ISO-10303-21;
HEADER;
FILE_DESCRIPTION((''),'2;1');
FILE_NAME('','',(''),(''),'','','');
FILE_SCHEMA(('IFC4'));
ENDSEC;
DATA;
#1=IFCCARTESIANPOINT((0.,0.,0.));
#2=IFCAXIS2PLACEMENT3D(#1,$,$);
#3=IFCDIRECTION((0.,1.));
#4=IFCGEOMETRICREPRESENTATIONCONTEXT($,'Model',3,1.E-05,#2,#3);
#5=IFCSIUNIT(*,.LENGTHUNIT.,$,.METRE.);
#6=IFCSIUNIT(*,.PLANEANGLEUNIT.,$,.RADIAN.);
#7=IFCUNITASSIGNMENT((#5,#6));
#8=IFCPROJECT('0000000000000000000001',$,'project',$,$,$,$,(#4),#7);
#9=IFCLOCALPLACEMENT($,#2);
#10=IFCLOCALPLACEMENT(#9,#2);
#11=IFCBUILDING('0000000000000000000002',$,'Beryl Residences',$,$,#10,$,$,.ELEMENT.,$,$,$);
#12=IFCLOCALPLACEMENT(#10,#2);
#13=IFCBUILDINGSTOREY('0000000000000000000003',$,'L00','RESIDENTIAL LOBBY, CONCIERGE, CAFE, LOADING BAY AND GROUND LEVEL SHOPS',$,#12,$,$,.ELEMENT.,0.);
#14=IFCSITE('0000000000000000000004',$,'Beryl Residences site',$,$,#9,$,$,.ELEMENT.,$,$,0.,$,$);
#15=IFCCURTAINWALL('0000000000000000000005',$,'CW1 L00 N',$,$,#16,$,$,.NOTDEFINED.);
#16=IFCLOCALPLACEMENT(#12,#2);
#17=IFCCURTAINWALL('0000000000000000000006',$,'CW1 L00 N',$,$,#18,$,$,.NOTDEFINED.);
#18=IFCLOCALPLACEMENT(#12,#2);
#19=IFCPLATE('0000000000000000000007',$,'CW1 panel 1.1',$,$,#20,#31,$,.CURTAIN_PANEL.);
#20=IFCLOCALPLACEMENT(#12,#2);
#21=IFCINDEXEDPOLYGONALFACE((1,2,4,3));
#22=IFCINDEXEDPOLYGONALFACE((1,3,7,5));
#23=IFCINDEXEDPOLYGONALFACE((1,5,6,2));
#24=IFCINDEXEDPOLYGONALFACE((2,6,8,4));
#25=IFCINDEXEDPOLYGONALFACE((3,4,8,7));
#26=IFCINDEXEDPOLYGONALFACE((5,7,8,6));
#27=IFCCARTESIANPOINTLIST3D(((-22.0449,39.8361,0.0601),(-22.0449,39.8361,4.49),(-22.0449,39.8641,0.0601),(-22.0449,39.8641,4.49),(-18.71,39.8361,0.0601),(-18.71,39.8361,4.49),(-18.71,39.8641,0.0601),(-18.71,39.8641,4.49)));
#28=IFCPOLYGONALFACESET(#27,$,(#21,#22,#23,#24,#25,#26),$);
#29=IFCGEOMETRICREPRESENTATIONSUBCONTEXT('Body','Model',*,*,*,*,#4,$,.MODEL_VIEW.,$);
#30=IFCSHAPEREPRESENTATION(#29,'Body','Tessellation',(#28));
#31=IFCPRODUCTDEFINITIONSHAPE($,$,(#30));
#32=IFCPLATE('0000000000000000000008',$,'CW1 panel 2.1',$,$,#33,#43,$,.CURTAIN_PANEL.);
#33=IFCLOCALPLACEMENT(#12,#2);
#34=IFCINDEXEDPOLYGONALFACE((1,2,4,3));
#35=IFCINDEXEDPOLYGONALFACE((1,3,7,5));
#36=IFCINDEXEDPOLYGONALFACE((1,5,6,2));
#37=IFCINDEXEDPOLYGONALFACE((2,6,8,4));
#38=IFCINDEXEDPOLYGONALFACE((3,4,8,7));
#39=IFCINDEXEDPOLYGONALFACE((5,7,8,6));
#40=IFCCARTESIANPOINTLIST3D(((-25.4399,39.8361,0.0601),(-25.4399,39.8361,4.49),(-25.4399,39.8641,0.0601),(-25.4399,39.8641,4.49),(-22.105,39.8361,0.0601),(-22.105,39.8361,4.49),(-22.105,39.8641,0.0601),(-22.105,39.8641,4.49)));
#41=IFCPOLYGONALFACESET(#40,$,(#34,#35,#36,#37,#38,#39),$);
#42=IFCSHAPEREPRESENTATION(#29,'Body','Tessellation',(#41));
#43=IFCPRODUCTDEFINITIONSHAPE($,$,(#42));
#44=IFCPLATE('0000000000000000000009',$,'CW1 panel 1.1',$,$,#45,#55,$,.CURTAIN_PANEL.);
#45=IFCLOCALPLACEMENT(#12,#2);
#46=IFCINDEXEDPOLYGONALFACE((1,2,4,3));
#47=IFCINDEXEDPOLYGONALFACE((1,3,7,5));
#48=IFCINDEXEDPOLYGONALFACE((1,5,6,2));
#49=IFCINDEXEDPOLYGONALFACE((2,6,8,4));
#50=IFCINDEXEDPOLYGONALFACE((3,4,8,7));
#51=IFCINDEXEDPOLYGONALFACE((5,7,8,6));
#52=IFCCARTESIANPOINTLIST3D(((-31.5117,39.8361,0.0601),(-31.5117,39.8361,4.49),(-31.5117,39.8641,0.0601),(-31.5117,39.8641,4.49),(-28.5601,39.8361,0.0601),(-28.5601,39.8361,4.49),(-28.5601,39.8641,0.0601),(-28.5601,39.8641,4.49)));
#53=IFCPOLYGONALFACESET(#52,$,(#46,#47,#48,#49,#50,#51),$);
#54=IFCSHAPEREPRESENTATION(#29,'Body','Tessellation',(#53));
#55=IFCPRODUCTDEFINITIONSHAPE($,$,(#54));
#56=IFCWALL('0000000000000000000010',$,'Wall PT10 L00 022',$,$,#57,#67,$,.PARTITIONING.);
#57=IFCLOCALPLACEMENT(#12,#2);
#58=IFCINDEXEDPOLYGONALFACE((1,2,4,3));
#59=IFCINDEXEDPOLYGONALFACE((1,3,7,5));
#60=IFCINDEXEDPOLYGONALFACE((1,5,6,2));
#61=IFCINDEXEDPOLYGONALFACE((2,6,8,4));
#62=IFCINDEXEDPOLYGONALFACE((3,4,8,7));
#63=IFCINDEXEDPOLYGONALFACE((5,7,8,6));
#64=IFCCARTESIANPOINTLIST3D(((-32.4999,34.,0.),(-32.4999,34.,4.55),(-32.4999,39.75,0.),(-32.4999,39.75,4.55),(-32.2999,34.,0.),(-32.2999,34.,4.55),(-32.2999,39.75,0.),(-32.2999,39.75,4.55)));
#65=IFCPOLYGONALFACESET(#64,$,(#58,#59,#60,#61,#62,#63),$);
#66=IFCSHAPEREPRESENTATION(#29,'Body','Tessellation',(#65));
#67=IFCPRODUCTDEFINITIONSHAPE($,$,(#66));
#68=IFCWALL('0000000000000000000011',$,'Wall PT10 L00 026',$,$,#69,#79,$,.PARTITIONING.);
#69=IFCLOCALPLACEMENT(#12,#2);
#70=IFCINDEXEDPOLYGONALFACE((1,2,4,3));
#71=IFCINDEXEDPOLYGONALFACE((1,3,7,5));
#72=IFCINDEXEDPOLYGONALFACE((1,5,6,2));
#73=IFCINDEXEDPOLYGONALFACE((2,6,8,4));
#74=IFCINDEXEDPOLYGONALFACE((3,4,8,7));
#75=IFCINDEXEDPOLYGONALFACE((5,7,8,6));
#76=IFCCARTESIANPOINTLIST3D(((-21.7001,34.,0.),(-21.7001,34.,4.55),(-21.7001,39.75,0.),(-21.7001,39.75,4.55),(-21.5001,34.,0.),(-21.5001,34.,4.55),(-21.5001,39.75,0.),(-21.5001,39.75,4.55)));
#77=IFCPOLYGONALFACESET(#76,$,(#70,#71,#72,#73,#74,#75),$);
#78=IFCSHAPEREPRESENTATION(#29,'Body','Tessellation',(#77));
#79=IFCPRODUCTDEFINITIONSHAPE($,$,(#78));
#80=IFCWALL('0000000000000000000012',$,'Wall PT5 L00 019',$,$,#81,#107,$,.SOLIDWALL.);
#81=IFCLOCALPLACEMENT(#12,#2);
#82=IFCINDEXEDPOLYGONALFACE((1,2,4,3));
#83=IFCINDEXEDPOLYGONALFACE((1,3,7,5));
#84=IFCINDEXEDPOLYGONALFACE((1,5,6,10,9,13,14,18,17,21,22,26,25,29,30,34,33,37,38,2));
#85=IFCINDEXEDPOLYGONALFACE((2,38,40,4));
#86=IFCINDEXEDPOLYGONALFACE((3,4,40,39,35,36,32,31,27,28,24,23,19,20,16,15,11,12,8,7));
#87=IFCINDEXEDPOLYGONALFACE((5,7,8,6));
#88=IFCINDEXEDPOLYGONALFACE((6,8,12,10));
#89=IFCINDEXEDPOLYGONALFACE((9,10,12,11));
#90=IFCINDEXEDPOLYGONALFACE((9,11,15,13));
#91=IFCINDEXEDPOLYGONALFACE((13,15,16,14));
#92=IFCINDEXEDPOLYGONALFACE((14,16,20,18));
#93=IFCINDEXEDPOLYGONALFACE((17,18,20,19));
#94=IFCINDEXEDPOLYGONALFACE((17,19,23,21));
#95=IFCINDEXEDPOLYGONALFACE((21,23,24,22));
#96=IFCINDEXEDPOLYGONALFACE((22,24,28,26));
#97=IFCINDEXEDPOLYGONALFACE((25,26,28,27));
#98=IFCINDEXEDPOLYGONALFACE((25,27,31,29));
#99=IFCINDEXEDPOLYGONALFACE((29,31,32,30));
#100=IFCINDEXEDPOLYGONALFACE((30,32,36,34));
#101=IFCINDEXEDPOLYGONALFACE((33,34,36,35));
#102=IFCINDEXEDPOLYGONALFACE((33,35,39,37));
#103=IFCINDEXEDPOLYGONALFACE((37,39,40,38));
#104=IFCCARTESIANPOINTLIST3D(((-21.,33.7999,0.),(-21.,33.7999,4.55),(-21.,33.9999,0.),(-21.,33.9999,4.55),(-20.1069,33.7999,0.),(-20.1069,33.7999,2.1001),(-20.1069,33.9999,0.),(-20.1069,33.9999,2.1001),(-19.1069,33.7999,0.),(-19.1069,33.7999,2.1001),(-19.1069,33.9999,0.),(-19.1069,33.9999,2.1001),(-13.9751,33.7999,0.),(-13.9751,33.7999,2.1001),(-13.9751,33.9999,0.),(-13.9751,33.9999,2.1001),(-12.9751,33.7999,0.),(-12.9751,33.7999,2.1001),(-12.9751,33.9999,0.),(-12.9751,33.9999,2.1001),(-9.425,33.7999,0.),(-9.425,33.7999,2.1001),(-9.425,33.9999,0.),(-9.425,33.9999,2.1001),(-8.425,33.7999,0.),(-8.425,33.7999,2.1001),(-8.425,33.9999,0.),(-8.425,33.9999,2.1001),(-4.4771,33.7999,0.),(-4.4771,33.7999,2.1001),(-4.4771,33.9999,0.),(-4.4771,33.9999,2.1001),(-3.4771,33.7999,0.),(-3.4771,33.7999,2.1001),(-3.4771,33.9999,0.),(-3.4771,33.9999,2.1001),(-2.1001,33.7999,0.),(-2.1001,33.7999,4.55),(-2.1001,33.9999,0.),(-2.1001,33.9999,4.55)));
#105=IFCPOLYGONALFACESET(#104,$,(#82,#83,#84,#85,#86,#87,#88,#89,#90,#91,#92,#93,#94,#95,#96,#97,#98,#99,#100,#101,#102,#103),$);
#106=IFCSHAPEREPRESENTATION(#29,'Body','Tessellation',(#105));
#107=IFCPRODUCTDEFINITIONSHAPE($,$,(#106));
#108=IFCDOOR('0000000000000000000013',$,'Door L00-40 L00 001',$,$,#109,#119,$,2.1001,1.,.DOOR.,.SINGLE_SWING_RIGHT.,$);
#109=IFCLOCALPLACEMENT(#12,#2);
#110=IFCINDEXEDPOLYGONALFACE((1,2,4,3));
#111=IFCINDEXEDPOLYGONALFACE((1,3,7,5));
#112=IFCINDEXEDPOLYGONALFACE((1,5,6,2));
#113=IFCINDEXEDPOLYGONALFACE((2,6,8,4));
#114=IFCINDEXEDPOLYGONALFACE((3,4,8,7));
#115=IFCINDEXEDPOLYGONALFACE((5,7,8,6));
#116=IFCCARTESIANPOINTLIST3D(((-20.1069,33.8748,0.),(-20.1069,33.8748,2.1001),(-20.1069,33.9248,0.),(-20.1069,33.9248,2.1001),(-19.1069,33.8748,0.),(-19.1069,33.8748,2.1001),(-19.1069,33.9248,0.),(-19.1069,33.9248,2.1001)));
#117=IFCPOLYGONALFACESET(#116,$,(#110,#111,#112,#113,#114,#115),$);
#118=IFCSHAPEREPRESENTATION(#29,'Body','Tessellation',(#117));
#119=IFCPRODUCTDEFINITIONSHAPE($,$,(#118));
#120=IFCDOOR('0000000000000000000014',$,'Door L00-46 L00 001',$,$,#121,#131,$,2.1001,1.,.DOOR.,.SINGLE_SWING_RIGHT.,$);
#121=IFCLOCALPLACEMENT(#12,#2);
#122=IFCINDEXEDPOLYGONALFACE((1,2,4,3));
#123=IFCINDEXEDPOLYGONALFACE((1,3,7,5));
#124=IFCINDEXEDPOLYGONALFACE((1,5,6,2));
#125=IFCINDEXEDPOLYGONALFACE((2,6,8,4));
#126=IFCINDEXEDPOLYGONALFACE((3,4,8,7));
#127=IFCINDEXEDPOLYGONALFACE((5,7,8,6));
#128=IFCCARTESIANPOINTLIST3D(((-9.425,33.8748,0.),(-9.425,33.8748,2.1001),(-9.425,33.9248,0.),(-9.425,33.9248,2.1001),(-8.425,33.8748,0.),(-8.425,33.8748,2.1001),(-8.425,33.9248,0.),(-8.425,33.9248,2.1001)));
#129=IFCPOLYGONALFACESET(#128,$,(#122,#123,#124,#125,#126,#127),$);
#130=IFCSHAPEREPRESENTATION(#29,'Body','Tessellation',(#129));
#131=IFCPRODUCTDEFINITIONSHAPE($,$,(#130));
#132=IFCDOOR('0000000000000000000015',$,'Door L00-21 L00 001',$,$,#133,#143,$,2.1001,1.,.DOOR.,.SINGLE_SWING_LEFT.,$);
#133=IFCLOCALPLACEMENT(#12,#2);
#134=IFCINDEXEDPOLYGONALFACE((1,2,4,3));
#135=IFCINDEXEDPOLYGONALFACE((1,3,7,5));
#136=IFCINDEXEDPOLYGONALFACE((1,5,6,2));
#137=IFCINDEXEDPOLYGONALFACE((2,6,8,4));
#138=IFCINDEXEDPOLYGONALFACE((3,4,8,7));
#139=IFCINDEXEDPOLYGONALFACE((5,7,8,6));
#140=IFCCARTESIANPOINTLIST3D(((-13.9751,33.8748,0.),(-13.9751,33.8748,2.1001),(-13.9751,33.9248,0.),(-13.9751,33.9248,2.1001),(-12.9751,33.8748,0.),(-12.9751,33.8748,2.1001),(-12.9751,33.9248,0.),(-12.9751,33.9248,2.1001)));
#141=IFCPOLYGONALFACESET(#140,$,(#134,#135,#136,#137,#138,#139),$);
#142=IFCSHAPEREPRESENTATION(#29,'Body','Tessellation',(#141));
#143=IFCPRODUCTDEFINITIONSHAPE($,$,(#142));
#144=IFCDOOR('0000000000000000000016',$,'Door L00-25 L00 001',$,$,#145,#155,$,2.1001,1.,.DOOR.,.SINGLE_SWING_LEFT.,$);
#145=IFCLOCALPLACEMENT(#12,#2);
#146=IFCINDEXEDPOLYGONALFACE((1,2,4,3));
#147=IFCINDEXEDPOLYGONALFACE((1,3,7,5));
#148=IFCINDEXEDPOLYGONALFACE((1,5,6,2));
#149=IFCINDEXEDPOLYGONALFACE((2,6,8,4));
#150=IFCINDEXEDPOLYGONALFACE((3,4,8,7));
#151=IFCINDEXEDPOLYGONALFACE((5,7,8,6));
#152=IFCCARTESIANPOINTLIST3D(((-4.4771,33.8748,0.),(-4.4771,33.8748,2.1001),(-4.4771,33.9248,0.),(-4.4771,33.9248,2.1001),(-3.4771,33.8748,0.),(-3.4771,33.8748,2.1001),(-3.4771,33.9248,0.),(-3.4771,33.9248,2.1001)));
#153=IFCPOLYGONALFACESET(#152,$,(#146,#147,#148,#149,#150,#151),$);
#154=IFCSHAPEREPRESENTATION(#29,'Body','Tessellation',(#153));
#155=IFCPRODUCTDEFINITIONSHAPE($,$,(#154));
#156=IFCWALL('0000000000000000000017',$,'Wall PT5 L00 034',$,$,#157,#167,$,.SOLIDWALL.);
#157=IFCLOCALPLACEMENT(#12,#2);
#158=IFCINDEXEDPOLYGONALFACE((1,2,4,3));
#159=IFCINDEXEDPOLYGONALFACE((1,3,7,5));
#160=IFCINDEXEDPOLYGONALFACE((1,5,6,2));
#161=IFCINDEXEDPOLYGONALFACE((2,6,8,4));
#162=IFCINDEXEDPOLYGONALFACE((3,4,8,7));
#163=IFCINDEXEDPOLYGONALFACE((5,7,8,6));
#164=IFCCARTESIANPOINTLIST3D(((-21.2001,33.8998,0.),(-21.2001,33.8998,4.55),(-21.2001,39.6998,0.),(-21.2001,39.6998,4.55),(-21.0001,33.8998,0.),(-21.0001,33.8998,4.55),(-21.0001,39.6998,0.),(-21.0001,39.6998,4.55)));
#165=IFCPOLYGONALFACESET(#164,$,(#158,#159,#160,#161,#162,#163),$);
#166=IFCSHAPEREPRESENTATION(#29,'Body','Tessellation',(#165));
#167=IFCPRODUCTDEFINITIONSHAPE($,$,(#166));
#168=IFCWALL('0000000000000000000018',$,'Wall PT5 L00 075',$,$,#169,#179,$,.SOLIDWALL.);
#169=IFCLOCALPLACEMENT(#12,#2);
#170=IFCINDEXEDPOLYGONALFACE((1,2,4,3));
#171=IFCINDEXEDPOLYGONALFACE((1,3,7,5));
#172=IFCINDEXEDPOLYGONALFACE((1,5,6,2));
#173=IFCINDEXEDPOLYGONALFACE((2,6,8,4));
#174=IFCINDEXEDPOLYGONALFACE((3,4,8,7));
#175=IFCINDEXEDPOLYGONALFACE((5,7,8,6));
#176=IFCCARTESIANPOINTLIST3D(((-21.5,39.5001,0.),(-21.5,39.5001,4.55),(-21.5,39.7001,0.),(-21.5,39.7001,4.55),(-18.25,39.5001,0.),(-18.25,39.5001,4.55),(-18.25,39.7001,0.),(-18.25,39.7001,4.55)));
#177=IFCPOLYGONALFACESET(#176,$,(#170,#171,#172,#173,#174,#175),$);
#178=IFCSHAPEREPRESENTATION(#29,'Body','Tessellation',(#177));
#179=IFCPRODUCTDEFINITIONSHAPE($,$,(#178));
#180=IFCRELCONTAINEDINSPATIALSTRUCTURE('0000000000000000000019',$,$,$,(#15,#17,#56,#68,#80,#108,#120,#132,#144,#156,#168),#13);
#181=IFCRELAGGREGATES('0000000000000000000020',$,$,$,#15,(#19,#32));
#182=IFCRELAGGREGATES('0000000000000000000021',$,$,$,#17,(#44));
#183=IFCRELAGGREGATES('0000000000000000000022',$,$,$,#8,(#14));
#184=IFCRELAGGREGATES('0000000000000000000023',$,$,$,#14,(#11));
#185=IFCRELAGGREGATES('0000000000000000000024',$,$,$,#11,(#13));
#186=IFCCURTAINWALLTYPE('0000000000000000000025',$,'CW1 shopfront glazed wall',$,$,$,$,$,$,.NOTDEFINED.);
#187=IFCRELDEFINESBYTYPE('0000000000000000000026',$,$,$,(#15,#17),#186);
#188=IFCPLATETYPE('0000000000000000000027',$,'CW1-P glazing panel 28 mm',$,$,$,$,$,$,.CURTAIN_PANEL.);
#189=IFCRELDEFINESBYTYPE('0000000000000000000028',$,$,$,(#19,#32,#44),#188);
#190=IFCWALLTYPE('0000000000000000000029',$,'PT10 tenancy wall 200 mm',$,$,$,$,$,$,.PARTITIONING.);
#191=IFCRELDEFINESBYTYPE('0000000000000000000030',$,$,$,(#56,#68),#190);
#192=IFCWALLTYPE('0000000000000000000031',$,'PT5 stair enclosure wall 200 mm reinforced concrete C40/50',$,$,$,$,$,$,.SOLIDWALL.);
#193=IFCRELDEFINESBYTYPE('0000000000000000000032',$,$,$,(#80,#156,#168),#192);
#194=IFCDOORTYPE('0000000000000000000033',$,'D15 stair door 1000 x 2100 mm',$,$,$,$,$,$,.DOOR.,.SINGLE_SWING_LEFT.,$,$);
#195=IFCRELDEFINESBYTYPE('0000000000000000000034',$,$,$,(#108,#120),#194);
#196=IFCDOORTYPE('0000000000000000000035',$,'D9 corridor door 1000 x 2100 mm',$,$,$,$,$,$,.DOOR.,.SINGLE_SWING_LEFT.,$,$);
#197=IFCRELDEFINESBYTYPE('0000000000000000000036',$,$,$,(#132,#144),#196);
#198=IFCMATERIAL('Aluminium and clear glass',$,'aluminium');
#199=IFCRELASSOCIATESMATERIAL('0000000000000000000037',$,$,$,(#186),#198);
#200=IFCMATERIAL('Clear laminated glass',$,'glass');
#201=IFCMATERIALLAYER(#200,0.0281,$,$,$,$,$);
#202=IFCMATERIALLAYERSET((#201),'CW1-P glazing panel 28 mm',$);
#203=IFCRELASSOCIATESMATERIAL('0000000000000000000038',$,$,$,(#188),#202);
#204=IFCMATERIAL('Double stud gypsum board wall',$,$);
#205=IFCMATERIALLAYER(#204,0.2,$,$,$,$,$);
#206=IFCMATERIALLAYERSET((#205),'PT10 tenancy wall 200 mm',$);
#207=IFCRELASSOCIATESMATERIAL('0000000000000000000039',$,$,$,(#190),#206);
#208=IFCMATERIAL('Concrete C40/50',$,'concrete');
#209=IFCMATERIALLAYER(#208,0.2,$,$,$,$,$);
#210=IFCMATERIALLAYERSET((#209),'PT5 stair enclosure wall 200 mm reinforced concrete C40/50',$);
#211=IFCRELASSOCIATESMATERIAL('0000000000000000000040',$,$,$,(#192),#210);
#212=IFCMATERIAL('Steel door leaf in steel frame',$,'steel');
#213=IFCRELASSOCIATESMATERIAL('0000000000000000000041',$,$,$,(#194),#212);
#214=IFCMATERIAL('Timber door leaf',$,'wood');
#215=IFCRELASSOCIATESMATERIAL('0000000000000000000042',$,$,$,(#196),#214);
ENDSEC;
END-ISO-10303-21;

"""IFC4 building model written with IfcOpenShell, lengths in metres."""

from ifc_helpers import new_model, si_unit, direction, frame, frame_2d, origin, origin_2d, place, context, subcontext, project, spatial, rectangle, extrude, material, layer, layer_set, type_object, element, fill, aggregate, save


model = new_model("IFC4")

# Units and contexts
model_context = context("Model", 3, precision=1e-05, world=origin(), true_north=direction((0.0, 1.0)))
body_context = subcontext(model_context, "Body", "Model", "MODEL_VIEW")
ifc_project = project(units=[si_unit("LENGTHUNIT", "METRE"), si_unit("PLANEANGLEUNIT", "RADIAN")], contexts=[model_context])

# Site, building, storey
site_placement = place(None, origin())
site = spatial("IfcSite", under=ifc_project, at=site_placement, Name="Beryl Residences site", CompositionType="ELEMENT", RefElevation=0.0)
building_placement = place(site_placement, origin())
building = spatial("IfcBuilding", under=site, at=building_placement, Name="Beryl Residences", CompositionType="ELEMENT")
storey_placement = place(building_placement, origin())
storey = spatial("IfcBuildingStorey", under=building, at=storey_placement, Name="L00", Description="RESIDENTIAL LOBBY, CONCIERGE, CAFE, LOADING BAY AND GROUND LEVEL SHOPS", CompositionType="ELEMENT", Elevation=0.0)

# Curtain walls
ifc_material_1 = material(Name="Aluminium and clear glass", Category="aluminium")
curtain_wall_type = type_object("IfcCurtainWallType", Name="CW1 shopfront glazed wall", PredefinedType="NOTDEFINED", material=ifc_material_1)
curtain_wall_1_placement = place(storey_placement, origin())
curtain_wall_1 = element("IfcCurtainWall", 1, at=curtain_wall_1_placement, inside=storey, type_object=curtain_wall_type, Name="CW1 L00 N", PredefinedType="NOTDEFINED")
curtain_wall_2_placement = place(storey_placement, origin())
curtain_wall_2 = element("IfcCurtainWall", 2, at=curtain_wall_2_placement, inside=storey, type_object=curtain_wall_type, Name="CW1 L00 N", PredefinedType="NOTDEFINED")

# Plates
ifc_material_2 = material(Name="Clear laminated glass", Category="glass")
ifc_layer_1 = layer(ifc_material_2, 0.0281)
ifc_layer_set_1 = layer_set([ifc_layer_1], Name="CW1-P glazing panel 28 mm")
plate_type = type_object("IfcPlateType", Name="CW1-P glazing panel 28 mm", PredefinedType="CURTAIN_PANEL", material=ifc_layer_set_1)
plate_1_placement = place(storey_placement, frame((-20.3774, 39.8501, 0.0601), z_axis=(0.0, 0.0, 1.0), x_axis=(-1.0, 0.0, 0.0)))
plate_1 = element("IfcPlate", 3, at=plate_1_placement, type_object=plate_type, Name="CW1 panel 1.1", PredefinedType="CURTAIN_PANEL", context=body_context, shape_type="SweptSolid", body=[
    extrude(rectangle(XDim=3.335, YDim=0.0281, at=origin_2d()), origin(), (0.0, 0.0, 1.0), 4.4299),
])
plate_2_placement = place(storey_placement, frame((-23.7725, 39.8501, 0.0601), z_axis=(0.0, 0.0, 1.0), x_axis=(-1.0, 0.0, 0.0)))
plate_2 = element("IfcPlate", 4, at=plate_2_placement, type_object=plate_type, Name="CW1 panel 2.1", PredefinedType="CURTAIN_PANEL", context=body_context, shape_type="SweptSolid", body=[
    extrude(rectangle(XDim=3.335, YDim=0.0281, at=origin_2d()), origin(), (0.0, 0.0, 1.0), 4.4299),
])
aggregate(curtain_wall_1, [plate_1, plate_2])
plate_3_placement = place(storey_placement, frame((-30.0359, 39.8501, 0.0601), z_axis=(0.0, 0.0, 1.0), x_axis=(-1.0, 0.0, 0.0)))
plate_3 = element("IfcPlate", 5, at=plate_3_placement, type_object=plate_type, Name="CW1 panel 1.1", PredefinedType="CURTAIN_PANEL", context=body_context, shape_type="SweptSolid", body=[
    extrude(rectangle(XDim=2.9517, YDim=0.0281, at=origin_2d()), origin(), (0.0, 0.0, 1.0), 4.4299),
])
aggregate(curtain_wall_2, [plate_3])

# Walls
ifc_material_3 = material(Name="Double stud gypsum board wall")
ifc_layer_2 = layer(ifc_material_3, 0.2)
ifc_layer_set_2 = layer_set([ifc_layer_2], Name="PT10 tenancy wall 200 mm")
wall_type_1 = type_object("IfcWallType", Name="PT10 tenancy wall 200 mm", PredefinedType="PARTITIONING", material=ifc_layer_set_2)
for number, where, z_axis, x_axis, name in (
    (6, (-32.3999, 34.0, 0.0), (0.0, 0.0, 1.0), (0.0, 1.0, 0.0), "Wall PT10 L00 022"),
    (7, (-21.6001, 34.0, 0.0), (0.0, 0.0, 1.0), (0.0, 1.0, 0.0), "Wall PT10 L00 026"),
):
    element("IfcWall", number, at=place(storey_placement, frame(where, z_axis=z_axis, x_axis=x_axis)), inside=storey, type_object=wall_type_1, Name=name, PredefinedType="PARTITIONING", context=body_context, shape_type="SweptSolid", body=[
        extrude(rectangle(XDim=5.75, YDim=0.2, at=frame_2d((2.875, 0.0))), origin(), (0.0, 0.0, 1.0), 4.55),
    ])

# Wall, openings, doors
ifc_material_4 = material(Name="Concrete C40/50", Category="concrete")
ifc_layer_3 = layer(ifc_material_4, 0.2)
ifc_layer_set_3 = layer_set([ifc_layer_3], Name="PT5 stair enclosure wall 200 mm reinforced concrete C40/50")
wall_type_2 = type_object("IfcWallType", Name="PT5 stair enclosure wall 200 mm reinforced concrete C40/50", PredefinedType="SOLIDWALL", material=ifc_layer_set_3)
wall_1_placement = place(storey_placement, frame((-21.0, 33.8999, 0.0), z_axis=(0.0, 0.0, 1.0), x_axis=(1.0, 0.0, 0.0)))
wall_1 = element("IfcWall", 8, at=wall_1_placement, inside=storey, type_object=wall_type_2, Name="Wall PT5 L00 019", PredefinedType="SOLIDWALL", context=body_context, shape_type="SweptSolid", body=[
    extrude(rectangle(XDim=18.8999, YDim=0.2, at=frame_2d((9.45, 0.0))), origin(), (0.0, 0.0, 1.0), 4.55),
])
opening_1_placement = place(wall_1_placement, frame((7.0249, 0.0, 0.0)))
opening_1 = element("IfcOpeningElement", 9, at=opening_1_placement, cuts=wall_1, PredefinedType="OPENING", context=body_context, shape_type="SweptSolid", body=[
    extrude(rectangle(XDim=1.0, YDim=2.1001, at=frame_2d((0.5, 1.05))), frame((0.0, 0.1099, 0.0), z_axis=(0.0, -1.0, 0.0), x_axis=(1.0, 0.0, 0.0)), (0.0, 0.0, 1.0), 0.22),
])
opening_2_placement = place(wall_1_placement, frame((16.5229, 0.0, 0.0)))
opening_2 = element("IfcOpeningElement", 10, at=opening_2_placement, cuts=wall_1, PredefinedType="OPENING", context=body_context, shape_type="SweptSolid", body=[
    extrude(rectangle(XDim=1.0, YDim=2.1001, at=frame_2d((0.5, 1.05))), frame((0.0, 0.1099, 0.0), z_axis=(0.0, -1.0, 0.0), x_axis=(1.0, 0.0, 0.0)), (0.0, 0.0, 1.0), 0.22),
])
opening_3_placement = place(wall_1_placement, frame((0.8931, 0.0, 0.0)))
opening_3 = element("IfcOpeningElement", 11, at=opening_3_placement, cuts=wall_1, PredefinedType="OPENING", context=body_context, shape_type="SweptSolid", body=[
    extrude(rectangle(XDim=1.0, YDim=2.1001, at=frame_2d((0.5, 1.05))), frame((0.0, 0.1099, 0.0), z_axis=(0.0, -1.0, 0.0), x_axis=(1.0, 0.0, 0.0)), (0.0, 0.0, 1.0), 0.22),
])
opening_4_placement = place(wall_1_placement, frame((11.575, 0.0, 0.0)))
opening_4 = element("IfcOpeningElement", 12, at=opening_4_placement, cuts=wall_1, PredefinedType="OPENING", context=body_context, shape_type="SweptSolid", body=[
    extrude(rectangle(XDim=1.0, YDim=2.1001, at=frame_2d((0.5, 1.05))), frame((0.0, 0.1099, 0.0), z_axis=(0.0, -1.0, 0.0), x_axis=(1.0, 0.0, 0.0)), (0.0, 0.0, 1.0), 0.22),
])
ifc_material_5 = material(Name="Steel door leaf in steel frame", Category="steel")
door_type_1 = type_object("IfcDoorType", Name="D15 stair door 1000 x 2100 mm", OperationType="SINGLE_SWING_LEFT", PredefinedType="DOOR", material=ifc_material_5)
door_1_placement = place(opening_3_placement, origin())
door_1 = element("IfcDoor", 13, at=door_1_placement, inside=storey, type_object=door_type_1, Name="Door L00-40 L00 001", OperationType="SINGLE_SWING_RIGHT", OverallHeight=2.1001, OverallWidth=1.0, PredefinedType="DOOR", context=body_context, shape_type="SweptSolid", body=[
    extrude(rectangle(XDim=1.0, YDim=2.1001, at=frame_2d((0.5, 1.05))), frame((0.0, 0.0249, 0.0), z_axis=(0.0, -1.0, 0.0), x_axis=(1.0, 0.0, 0.0)), (0.0, 0.0, 1.0), 0.05),
])
fill(opening_3, door_1)
door_2_placement = place(opening_4_placement, origin())
door_2 = element("IfcDoor", 14, at=door_2_placement, inside=storey, type_object=door_type_1, Name="Door L00-46 L00 001", OperationType="SINGLE_SWING_RIGHT", OverallHeight=2.1001, OverallWidth=1.0, PredefinedType="DOOR", context=body_context, shape_type="SweptSolid", body=[
    extrude(rectangle(XDim=1.0, YDim=2.1001, at=frame_2d((0.5, 1.05))), frame((0.0, 0.0249, 0.0), z_axis=(0.0, -1.0, 0.0), x_axis=(1.0, 0.0, 0.0)), (0.0, 0.0, 1.0), 0.05),
])
fill(opening_4, door_2)
ifc_material_6 = material(Name="Timber door leaf", Category="wood")
door_type_2 = type_object("IfcDoorType", Name="D9 corridor door 1000 x 2100 mm", OperationType="SINGLE_SWING_LEFT", PredefinedType="DOOR", material=ifc_material_6)
door_3_placement = place(opening_1_placement, origin())
door_3 = element("IfcDoor", 15, at=door_3_placement, inside=storey, type_object=door_type_2, Name="Door L00-21 L00 001", OperationType="SINGLE_SWING_LEFT", OverallHeight=2.1001, OverallWidth=1.0, PredefinedType="DOOR", context=body_context, shape_type="SweptSolid", body=[
    extrude(rectangle(XDim=1.0, YDim=2.1001, at=frame_2d((0.5, 1.05))), frame((0.0, 0.0249, 0.0), z_axis=(0.0, -1.0, 0.0), x_axis=(1.0, 0.0, 0.0)), (0.0, 0.0, 1.0), 0.05),
])
fill(opening_1, door_3)
door_4_placement = place(opening_2_placement, origin())
door_4 = element("IfcDoor", 16, at=door_4_placement, inside=storey, type_object=door_type_2, Name="Door L00-25 L00 001", OperationType="SINGLE_SWING_LEFT", OverallHeight=2.1001, OverallWidth=1.0, PredefinedType="DOOR", context=body_context, shape_type="SweptSolid", body=[
    extrude(rectangle(XDim=1.0, YDim=2.1001, at=frame_2d((0.5, 1.05))), frame((0.0, 0.0249, 0.0), z_axis=(0.0, -1.0, 0.0), x_axis=(1.0, 0.0, 0.0)), (0.0, 0.0, 1.0), 0.05),
])
fill(opening_2, door_4)

# Walls
wall_2_placement = place(storey_placement, frame((-21.1001, 33.8999, 0.0), z_axis=(0.0, 0.0, 1.0), x_axis=(0.0, 1.0, 0.0)))
element("IfcWall", 17, at=wall_2_placement, inside=storey, type_object=wall_type_2, Name="Wall PT5 L00 034", PredefinedType="SOLIDWALL", context=body_context, shape_type="SweptSolid", body=[
    extrude(rectangle(XDim=5.8, YDim=0.2, at=frame_2d((2.8999, 0.0))), origin(), (0.0, 0.0, 1.0), 4.55),
])
wall_3_placement = place(storey_placement, frame((-21.5, 39.6001, 0.0), z_axis=(0.0, 0.0, 1.0), x_axis=(1.0, 0.0, 0.0)))
element("IfcWall", 18, at=wall_3_placement, inside=storey, type_object=wall_type_2, Name="Wall PT5 L00 075", PredefinedType="SOLIDWALL", context=body_context, shape_type="SweptSolid", body=[
    extrude(rectangle(XDim=3.25, YDim=0.2, at=frame_2d((1.625, 0.0))), origin(), (0.0, 0.0, 1.0), 4.55),
])

save(model, "model.ifc")
